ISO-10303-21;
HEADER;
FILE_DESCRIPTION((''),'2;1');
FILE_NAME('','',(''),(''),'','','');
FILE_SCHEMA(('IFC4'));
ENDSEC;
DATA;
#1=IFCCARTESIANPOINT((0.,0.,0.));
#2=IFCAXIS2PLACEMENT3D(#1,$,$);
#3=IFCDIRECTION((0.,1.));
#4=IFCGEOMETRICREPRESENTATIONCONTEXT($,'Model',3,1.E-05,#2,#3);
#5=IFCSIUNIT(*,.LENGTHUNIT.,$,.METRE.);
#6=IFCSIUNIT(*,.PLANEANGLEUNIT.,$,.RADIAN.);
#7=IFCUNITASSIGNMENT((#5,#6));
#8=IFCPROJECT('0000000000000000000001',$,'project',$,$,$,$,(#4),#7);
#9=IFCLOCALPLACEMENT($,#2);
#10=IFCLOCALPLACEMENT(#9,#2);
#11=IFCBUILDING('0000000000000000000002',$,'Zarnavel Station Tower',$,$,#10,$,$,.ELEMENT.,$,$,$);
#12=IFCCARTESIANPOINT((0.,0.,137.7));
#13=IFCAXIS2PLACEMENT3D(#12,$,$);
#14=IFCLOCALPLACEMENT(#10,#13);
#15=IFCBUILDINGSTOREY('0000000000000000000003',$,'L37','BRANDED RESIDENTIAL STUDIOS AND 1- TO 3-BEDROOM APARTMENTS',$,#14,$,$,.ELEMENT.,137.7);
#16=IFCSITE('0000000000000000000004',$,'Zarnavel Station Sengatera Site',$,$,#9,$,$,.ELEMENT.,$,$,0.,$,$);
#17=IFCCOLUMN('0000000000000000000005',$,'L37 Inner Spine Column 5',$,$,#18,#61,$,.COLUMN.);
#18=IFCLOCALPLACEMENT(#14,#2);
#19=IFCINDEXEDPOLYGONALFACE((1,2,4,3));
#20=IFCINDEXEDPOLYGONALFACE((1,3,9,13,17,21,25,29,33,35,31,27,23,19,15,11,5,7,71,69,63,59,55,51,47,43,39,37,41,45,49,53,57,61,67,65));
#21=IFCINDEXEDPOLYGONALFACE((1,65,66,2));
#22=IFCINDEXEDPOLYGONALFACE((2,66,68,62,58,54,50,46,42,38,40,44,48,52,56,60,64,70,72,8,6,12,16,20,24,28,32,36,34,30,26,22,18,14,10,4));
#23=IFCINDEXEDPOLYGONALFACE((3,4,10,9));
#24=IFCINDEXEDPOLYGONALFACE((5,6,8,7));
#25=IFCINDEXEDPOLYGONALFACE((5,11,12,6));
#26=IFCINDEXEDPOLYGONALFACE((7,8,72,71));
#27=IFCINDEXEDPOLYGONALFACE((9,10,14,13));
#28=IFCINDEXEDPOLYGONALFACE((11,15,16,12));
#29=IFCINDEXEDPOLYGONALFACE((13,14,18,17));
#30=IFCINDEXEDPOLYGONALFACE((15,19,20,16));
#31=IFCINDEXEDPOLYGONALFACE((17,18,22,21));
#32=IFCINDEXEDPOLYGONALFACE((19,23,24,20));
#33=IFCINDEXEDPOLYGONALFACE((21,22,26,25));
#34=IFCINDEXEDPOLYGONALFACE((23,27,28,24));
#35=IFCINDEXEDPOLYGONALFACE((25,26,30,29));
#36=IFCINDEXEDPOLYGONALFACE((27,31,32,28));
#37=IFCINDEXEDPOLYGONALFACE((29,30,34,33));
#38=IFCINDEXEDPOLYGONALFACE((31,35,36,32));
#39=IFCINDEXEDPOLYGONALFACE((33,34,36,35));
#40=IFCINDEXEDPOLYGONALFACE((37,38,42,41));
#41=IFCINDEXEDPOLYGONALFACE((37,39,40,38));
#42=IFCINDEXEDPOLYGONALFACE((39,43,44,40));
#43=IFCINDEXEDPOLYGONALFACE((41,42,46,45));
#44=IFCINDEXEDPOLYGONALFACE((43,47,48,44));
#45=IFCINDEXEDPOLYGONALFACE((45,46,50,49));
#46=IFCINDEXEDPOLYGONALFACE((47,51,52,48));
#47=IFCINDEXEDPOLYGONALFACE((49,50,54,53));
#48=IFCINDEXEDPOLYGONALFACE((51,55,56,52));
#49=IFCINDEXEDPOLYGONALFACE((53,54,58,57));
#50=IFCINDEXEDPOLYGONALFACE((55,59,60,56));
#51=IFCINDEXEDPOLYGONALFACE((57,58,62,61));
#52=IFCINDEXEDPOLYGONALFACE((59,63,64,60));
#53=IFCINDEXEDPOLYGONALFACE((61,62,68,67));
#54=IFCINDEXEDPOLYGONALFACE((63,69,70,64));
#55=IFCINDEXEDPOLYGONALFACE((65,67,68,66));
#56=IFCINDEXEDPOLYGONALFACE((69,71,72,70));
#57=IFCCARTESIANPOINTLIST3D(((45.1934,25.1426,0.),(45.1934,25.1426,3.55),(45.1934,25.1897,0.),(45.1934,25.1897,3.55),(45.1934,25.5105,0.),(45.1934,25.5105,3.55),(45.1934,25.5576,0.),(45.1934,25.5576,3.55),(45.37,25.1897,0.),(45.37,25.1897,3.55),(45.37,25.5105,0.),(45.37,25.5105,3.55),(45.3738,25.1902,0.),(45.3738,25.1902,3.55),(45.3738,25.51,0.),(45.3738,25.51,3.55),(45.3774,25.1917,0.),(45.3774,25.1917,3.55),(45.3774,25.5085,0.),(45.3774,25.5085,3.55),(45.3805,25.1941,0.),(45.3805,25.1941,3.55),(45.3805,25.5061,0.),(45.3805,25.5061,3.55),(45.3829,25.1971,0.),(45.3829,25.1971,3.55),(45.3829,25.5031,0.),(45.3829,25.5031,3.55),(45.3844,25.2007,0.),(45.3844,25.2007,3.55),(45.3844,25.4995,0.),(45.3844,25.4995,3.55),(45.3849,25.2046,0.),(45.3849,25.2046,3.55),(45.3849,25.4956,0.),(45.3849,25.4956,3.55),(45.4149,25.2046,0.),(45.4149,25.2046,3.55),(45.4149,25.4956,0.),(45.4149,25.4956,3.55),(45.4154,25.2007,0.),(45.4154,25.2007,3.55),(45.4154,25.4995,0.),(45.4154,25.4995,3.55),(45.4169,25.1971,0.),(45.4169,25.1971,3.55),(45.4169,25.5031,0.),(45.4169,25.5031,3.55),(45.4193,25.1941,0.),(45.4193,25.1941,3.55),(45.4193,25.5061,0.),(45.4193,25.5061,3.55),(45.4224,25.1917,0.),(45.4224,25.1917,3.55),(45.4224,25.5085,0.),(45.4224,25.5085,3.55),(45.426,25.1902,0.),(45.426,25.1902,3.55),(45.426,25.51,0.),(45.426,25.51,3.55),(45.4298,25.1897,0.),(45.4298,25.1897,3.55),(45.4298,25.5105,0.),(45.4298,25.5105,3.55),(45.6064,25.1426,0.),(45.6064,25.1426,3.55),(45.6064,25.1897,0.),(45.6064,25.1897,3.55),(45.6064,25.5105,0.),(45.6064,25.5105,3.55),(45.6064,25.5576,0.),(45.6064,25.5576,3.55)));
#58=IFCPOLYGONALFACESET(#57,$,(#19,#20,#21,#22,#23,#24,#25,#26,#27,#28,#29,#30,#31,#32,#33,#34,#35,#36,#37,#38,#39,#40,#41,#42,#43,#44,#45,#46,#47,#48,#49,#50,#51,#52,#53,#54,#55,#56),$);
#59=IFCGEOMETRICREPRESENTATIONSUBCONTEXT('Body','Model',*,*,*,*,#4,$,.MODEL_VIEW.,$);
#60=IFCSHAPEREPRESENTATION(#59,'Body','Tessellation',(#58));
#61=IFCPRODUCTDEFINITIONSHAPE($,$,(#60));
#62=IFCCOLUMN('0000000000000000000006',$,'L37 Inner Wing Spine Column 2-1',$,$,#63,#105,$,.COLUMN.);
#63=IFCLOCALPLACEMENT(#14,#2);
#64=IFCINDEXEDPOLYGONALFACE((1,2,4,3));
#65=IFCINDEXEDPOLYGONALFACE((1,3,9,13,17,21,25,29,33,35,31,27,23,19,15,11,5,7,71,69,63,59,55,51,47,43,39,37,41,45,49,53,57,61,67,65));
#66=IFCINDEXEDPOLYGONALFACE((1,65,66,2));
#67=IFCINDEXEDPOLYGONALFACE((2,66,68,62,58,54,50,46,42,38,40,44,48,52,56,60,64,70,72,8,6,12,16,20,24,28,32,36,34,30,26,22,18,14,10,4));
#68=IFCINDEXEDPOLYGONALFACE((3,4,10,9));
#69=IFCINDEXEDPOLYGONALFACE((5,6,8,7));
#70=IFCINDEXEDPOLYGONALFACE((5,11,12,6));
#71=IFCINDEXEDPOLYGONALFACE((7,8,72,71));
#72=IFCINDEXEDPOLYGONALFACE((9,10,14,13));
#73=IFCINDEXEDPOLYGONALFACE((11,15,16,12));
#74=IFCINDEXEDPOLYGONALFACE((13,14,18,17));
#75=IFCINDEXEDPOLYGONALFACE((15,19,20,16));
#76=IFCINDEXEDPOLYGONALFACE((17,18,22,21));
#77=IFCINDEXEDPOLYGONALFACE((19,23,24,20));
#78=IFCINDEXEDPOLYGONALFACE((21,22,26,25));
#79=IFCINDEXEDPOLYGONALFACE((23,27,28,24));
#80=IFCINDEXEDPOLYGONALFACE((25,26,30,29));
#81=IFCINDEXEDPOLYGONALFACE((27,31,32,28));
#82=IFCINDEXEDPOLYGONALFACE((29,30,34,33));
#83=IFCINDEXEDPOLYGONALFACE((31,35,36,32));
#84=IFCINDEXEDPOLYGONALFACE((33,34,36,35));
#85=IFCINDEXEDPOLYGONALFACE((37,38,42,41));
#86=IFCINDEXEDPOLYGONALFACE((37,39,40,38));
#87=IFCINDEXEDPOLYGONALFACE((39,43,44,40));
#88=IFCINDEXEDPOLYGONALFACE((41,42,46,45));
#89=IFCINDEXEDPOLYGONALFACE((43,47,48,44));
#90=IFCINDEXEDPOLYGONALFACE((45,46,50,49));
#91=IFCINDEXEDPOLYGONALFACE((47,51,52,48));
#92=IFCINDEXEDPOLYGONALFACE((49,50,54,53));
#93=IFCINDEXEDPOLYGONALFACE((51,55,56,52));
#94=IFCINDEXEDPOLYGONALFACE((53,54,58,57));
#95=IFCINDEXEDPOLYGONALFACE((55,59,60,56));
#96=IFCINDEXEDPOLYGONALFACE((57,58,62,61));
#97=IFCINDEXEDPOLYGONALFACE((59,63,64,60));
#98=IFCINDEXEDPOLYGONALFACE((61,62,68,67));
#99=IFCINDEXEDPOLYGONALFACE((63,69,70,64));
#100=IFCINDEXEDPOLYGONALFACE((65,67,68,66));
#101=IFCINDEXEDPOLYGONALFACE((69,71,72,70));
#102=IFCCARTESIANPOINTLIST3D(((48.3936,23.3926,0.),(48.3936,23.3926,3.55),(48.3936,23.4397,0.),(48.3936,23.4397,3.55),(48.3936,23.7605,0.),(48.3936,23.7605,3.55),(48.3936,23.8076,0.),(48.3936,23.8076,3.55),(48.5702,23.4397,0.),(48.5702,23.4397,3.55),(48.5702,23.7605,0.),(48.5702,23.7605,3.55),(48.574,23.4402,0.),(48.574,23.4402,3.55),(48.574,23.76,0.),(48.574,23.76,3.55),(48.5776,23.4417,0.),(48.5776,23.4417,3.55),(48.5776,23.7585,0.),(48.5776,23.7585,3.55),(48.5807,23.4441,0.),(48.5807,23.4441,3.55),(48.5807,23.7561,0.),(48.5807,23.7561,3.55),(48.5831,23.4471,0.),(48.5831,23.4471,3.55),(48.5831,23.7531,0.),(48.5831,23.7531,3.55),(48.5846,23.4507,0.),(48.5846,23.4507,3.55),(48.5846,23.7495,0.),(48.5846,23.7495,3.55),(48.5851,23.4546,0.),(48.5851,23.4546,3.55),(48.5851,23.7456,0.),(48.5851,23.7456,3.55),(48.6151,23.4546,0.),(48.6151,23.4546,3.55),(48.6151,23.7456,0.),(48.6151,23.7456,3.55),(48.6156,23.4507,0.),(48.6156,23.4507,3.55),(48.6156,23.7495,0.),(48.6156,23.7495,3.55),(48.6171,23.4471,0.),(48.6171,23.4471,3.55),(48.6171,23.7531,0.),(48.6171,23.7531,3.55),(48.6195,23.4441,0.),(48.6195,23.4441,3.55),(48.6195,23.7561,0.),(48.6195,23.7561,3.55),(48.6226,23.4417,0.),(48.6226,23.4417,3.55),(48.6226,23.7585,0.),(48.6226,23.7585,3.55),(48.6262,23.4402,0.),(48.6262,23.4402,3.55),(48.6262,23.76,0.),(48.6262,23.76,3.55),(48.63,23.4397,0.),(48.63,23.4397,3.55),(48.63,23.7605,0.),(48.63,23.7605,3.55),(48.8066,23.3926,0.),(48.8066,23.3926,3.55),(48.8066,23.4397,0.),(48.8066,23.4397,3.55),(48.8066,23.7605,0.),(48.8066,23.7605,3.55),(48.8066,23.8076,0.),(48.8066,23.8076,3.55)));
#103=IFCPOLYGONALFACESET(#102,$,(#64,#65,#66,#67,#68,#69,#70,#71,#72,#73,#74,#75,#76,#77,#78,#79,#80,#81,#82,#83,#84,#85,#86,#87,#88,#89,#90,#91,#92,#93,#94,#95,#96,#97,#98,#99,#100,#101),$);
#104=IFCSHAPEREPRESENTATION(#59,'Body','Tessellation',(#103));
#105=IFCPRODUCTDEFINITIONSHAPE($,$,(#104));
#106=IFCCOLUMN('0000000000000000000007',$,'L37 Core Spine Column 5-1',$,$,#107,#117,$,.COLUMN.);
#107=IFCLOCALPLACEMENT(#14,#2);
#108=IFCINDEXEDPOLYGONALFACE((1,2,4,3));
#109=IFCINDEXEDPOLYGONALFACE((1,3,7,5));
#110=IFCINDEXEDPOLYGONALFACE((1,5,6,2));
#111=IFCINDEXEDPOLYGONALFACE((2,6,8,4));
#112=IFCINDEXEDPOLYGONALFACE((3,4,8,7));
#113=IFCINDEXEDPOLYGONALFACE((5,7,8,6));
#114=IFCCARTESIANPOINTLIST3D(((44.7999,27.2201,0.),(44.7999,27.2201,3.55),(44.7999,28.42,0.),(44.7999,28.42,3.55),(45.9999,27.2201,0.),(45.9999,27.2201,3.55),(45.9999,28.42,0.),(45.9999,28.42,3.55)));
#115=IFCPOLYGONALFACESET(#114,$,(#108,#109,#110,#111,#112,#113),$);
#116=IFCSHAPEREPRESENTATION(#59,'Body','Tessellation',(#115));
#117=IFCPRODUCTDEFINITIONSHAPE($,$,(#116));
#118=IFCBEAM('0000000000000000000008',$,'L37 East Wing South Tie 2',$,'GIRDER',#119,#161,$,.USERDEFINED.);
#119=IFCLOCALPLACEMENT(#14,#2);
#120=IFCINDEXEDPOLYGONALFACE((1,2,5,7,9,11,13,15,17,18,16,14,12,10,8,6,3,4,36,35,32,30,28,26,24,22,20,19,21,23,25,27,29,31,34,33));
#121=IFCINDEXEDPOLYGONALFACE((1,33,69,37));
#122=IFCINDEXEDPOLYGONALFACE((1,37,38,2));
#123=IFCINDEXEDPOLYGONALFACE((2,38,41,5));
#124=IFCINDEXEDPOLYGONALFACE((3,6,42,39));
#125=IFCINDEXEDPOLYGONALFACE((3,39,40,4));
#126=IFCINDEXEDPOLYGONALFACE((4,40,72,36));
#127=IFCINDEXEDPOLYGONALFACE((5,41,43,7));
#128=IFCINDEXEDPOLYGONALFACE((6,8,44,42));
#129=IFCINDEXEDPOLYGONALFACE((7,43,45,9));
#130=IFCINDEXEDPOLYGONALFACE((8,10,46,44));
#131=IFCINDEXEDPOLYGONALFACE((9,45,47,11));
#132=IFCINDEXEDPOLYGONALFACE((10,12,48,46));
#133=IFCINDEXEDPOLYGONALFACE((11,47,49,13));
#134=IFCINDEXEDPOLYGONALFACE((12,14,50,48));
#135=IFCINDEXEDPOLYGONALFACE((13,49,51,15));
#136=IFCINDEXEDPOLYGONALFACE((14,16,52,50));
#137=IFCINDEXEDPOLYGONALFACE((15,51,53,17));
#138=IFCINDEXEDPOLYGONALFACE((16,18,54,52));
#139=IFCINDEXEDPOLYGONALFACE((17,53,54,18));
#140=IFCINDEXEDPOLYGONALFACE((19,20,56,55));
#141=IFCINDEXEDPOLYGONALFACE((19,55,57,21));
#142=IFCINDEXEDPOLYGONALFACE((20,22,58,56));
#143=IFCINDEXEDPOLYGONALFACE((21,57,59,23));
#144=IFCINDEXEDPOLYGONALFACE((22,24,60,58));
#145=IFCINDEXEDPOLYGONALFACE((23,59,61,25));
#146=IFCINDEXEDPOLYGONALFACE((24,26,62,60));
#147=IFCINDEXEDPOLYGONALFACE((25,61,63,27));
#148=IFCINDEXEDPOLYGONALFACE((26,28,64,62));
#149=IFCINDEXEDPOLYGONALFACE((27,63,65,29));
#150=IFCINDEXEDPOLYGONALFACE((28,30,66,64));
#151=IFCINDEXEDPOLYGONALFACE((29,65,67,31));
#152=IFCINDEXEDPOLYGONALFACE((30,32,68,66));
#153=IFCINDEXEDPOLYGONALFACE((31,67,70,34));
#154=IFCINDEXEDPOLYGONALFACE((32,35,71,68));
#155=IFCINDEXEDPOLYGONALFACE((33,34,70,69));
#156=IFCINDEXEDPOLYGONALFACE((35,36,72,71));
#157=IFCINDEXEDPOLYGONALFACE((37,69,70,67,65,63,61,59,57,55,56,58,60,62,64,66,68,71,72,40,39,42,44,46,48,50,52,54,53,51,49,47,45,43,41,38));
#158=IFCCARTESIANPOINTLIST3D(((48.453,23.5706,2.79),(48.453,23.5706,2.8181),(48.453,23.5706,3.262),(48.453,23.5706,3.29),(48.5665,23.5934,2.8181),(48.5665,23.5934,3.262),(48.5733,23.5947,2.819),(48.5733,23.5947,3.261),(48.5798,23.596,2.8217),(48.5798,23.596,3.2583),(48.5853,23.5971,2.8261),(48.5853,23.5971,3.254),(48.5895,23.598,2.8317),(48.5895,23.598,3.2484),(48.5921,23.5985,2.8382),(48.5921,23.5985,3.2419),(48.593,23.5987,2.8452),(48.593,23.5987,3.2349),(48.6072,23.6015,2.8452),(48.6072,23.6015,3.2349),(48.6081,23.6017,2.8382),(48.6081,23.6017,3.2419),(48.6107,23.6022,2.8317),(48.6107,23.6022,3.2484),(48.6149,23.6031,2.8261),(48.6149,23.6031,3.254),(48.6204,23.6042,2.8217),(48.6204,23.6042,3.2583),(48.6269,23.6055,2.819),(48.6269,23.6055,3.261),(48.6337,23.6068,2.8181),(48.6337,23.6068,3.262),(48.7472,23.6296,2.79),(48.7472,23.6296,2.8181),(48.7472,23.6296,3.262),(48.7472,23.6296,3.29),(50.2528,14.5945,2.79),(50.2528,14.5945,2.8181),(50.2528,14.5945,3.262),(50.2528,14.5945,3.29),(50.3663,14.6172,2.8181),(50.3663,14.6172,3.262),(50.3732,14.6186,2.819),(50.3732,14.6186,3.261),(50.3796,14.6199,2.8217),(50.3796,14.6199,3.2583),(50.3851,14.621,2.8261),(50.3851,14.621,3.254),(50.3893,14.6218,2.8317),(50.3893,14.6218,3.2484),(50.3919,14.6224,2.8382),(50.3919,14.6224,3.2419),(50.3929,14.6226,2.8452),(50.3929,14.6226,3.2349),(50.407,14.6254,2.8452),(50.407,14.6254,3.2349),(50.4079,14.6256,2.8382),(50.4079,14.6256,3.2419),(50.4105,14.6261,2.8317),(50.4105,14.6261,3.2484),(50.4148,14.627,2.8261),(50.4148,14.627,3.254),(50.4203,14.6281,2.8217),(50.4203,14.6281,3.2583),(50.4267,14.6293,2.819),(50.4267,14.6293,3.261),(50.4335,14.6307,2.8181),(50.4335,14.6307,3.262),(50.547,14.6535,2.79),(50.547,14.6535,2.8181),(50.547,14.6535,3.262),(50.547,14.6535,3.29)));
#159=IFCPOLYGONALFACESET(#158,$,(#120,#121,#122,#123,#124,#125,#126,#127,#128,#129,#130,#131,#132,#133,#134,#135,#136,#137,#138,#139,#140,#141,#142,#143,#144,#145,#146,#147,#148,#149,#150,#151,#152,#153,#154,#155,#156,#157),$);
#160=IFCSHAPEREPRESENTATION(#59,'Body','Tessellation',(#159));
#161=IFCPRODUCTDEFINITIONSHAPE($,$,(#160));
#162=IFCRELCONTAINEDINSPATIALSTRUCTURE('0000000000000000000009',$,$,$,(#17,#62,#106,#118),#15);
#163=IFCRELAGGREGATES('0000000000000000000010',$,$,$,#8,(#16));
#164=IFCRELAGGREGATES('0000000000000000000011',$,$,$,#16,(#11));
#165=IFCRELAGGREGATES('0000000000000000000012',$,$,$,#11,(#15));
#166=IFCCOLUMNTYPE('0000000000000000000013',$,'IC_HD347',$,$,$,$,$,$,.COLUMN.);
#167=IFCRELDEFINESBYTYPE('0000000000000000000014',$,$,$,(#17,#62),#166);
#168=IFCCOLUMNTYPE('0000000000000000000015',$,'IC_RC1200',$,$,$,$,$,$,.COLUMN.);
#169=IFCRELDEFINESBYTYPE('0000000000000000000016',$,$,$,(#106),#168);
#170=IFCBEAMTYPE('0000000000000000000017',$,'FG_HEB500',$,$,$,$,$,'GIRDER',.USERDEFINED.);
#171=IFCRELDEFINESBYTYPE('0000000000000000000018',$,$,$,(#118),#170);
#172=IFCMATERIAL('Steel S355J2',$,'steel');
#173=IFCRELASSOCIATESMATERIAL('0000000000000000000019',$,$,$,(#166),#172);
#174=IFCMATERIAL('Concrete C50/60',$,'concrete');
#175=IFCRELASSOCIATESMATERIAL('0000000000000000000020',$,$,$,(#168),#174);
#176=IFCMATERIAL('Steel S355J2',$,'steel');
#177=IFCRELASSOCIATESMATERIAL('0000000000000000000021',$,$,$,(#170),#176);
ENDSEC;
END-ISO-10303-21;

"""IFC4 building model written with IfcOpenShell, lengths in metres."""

from ifc_helpers import new_model, si_unit, direction, frame, origin, origin_2d, place, context, subcontext, project, spatial, rectangle, i_section, extrude, material, material_profile, profile_set, type_object, element, save


model = new_model("IFC4")

# Units and contexts
model_context = context("Model", 3, precision=1e-05, world=origin(), true_north=direction((0.0, 1.0)))
body_context = subcontext(model_context, "Body", "Model", "MODEL_VIEW")
ifc_project = project(units=[si_unit("LENGTHUNIT", "METRE"), si_unit("PLANEANGLEUNIT", "RADIAN")], contexts=[model_context])

# Site, building, storey
site_placement = place(None, origin())
site = spatial("IfcSite", under=ifc_project, at=site_placement, Name="Zarnavel Station Sengatera Site", CompositionType="ELEMENT", RefElevation=0.0)
building_placement = place(site_placement, origin())
building = spatial("IfcBuilding", under=site, at=building_placement, Name="Zarnavel Station Tower", CompositionType="ELEMENT")
storey_placement = place(building_placement, frame((0.0, 0.0, 137.7)))
storey = spatial("IfcBuildingStorey", under=building, at=storey_placement, Name="L37", Description="BRANDED RESIDENTIAL STUDIOS AND 1- TO 3-BEDROOM APARTMENTS", CompositionType="ELEMENT", Elevation=137.7)

# Columns
ifc_material_1 = material(Name="Steel S355J2", Category="steel")
ifc_material_profile_1 = material_profile(ifc_material_1, i_section(OverallWidth=0.4131, OverallDepth=0.415, WebThickness=0.03, FlangeThickness=0.0471, FilletRadius=0.0149, at=origin_2d()), Name="HD400x347")
ifc_profile_set_1 = profile_set([ifc_material_profile_1], Name="Steel S355J2")
column_type_1 = type_object("IfcColumnType", Name="IC_HD347", PredefinedType="COLUMN", material=ifc_profile_set_1)
for number, where, z_axis, x_axis, name in (
    (1, (45.3999, 25.3501, 0.0), (0.0, 0.0, 1.0), (1.0, 0.0, 0.0), "L37 Inner Spine Column 5"),
    (2, (48.6001, 23.6001, 0.0), (0.0, 0.0, 1.0), (1.0, 0.0, 0.0), "L37 Inner Wing Spine Column 2-1"),
):
    element("IfcColumn", number, at=place(storey_placement, frame(where, z_axis=z_axis, x_axis=x_axis)), inside=storey, type_object=column_type_1, Name=name, PredefinedType="COLUMN", context=body_context, shape_type="SweptSolid", body=[
        extrude(i_section(OverallWidth=0.4131, OverallDepth=0.415, WebThickness=0.03, FlangeThickness=0.0471, FilletRadius=0.0149, at=origin_2d()), origin(), (0.0, 0.0, 1.0), 3.55),
    ])
ifc_material_2 = material(Name="Concrete C50/60", Category="concrete")
ifc_material_profile_2 = material_profile(ifc_material_2, rectangle(XDim=1.2, YDim=1.2, at=origin_2d()), Name="RC1200x1200")
ifc_profile_set_2 = profile_set([ifc_material_profile_2], Name="Concrete C50/60")
column_type_2 = type_object("IfcColumnType", Name="IC_RC1200", PredefinedType="COLUMN", material=ifc_profile_set_2)
column_placement = place(storey_placement, frame((45.3999, 27.8201, 0.0), z_axis=(0.0, 0.0, 1.0), x_axis=(1.0, 0.0, 0.0)))
element("IfcColumn", 3, at=column_placement, inside=storey, type_object=column_type_2, Name="L37 Core Spine Column 5-1", PredefinedType="COLUMN", context=body_context, shape_type="SweptSolid", body=[
    extrude(rectangle(XDim=1.2, YDim=1.2, at=origin_2d()), origin(), (0.0, 0.0, 1.0), 3.55),
])

# Beam
ifc_material_3 = material(Name="Steel S355J2", Category="steel")
ifc_material_profile_3 = material_profile(ifc_material_3, i_section(OverallWidth=0.3, OverallDepth=0.5, WebThickness=0.0144, FlangeThickness=0.0281, FilletRadius=0.0271, at=origin_2d()), Name="HEB500")
ifc_profile_set_3 = profile_set([ifc_material_profile_3], Name="Steel S355J2")
beam_type_1 = type_object("IfcBeamType", Name="FG_HEB500", ElementType="GIRDER", PredefinedType="USERDEFINED", material=ifc_profile_set_3)
beam_1_placement = place(storey_placement, frame((48.6001, 23.6001, 3.04), z_axis=(0.196598, -0.980484, 0.0), x_axis=(0.980484, 0.196598, 0.0)))
element("IfcBeam", 4, at=beam_1_placement, inside=storey, type_object=beam_type_1, Name="L37 East Wing South Tie 2", ObjectType="GIRDER", PredefinedType="USERDEFINED", context=body_context, shape_type="SweptSolid", body=[
    extrude(i_section(OverallWidth=0.3, OverallDepth=0.5, WebThickness=0.0144, FlangeThickness=0.0281, FilletRadius=0.0271, at=origin_2d()), origin(), (0.0, 0.0, 1.0), 9.1548),
])

save(model, "model.ifc")
